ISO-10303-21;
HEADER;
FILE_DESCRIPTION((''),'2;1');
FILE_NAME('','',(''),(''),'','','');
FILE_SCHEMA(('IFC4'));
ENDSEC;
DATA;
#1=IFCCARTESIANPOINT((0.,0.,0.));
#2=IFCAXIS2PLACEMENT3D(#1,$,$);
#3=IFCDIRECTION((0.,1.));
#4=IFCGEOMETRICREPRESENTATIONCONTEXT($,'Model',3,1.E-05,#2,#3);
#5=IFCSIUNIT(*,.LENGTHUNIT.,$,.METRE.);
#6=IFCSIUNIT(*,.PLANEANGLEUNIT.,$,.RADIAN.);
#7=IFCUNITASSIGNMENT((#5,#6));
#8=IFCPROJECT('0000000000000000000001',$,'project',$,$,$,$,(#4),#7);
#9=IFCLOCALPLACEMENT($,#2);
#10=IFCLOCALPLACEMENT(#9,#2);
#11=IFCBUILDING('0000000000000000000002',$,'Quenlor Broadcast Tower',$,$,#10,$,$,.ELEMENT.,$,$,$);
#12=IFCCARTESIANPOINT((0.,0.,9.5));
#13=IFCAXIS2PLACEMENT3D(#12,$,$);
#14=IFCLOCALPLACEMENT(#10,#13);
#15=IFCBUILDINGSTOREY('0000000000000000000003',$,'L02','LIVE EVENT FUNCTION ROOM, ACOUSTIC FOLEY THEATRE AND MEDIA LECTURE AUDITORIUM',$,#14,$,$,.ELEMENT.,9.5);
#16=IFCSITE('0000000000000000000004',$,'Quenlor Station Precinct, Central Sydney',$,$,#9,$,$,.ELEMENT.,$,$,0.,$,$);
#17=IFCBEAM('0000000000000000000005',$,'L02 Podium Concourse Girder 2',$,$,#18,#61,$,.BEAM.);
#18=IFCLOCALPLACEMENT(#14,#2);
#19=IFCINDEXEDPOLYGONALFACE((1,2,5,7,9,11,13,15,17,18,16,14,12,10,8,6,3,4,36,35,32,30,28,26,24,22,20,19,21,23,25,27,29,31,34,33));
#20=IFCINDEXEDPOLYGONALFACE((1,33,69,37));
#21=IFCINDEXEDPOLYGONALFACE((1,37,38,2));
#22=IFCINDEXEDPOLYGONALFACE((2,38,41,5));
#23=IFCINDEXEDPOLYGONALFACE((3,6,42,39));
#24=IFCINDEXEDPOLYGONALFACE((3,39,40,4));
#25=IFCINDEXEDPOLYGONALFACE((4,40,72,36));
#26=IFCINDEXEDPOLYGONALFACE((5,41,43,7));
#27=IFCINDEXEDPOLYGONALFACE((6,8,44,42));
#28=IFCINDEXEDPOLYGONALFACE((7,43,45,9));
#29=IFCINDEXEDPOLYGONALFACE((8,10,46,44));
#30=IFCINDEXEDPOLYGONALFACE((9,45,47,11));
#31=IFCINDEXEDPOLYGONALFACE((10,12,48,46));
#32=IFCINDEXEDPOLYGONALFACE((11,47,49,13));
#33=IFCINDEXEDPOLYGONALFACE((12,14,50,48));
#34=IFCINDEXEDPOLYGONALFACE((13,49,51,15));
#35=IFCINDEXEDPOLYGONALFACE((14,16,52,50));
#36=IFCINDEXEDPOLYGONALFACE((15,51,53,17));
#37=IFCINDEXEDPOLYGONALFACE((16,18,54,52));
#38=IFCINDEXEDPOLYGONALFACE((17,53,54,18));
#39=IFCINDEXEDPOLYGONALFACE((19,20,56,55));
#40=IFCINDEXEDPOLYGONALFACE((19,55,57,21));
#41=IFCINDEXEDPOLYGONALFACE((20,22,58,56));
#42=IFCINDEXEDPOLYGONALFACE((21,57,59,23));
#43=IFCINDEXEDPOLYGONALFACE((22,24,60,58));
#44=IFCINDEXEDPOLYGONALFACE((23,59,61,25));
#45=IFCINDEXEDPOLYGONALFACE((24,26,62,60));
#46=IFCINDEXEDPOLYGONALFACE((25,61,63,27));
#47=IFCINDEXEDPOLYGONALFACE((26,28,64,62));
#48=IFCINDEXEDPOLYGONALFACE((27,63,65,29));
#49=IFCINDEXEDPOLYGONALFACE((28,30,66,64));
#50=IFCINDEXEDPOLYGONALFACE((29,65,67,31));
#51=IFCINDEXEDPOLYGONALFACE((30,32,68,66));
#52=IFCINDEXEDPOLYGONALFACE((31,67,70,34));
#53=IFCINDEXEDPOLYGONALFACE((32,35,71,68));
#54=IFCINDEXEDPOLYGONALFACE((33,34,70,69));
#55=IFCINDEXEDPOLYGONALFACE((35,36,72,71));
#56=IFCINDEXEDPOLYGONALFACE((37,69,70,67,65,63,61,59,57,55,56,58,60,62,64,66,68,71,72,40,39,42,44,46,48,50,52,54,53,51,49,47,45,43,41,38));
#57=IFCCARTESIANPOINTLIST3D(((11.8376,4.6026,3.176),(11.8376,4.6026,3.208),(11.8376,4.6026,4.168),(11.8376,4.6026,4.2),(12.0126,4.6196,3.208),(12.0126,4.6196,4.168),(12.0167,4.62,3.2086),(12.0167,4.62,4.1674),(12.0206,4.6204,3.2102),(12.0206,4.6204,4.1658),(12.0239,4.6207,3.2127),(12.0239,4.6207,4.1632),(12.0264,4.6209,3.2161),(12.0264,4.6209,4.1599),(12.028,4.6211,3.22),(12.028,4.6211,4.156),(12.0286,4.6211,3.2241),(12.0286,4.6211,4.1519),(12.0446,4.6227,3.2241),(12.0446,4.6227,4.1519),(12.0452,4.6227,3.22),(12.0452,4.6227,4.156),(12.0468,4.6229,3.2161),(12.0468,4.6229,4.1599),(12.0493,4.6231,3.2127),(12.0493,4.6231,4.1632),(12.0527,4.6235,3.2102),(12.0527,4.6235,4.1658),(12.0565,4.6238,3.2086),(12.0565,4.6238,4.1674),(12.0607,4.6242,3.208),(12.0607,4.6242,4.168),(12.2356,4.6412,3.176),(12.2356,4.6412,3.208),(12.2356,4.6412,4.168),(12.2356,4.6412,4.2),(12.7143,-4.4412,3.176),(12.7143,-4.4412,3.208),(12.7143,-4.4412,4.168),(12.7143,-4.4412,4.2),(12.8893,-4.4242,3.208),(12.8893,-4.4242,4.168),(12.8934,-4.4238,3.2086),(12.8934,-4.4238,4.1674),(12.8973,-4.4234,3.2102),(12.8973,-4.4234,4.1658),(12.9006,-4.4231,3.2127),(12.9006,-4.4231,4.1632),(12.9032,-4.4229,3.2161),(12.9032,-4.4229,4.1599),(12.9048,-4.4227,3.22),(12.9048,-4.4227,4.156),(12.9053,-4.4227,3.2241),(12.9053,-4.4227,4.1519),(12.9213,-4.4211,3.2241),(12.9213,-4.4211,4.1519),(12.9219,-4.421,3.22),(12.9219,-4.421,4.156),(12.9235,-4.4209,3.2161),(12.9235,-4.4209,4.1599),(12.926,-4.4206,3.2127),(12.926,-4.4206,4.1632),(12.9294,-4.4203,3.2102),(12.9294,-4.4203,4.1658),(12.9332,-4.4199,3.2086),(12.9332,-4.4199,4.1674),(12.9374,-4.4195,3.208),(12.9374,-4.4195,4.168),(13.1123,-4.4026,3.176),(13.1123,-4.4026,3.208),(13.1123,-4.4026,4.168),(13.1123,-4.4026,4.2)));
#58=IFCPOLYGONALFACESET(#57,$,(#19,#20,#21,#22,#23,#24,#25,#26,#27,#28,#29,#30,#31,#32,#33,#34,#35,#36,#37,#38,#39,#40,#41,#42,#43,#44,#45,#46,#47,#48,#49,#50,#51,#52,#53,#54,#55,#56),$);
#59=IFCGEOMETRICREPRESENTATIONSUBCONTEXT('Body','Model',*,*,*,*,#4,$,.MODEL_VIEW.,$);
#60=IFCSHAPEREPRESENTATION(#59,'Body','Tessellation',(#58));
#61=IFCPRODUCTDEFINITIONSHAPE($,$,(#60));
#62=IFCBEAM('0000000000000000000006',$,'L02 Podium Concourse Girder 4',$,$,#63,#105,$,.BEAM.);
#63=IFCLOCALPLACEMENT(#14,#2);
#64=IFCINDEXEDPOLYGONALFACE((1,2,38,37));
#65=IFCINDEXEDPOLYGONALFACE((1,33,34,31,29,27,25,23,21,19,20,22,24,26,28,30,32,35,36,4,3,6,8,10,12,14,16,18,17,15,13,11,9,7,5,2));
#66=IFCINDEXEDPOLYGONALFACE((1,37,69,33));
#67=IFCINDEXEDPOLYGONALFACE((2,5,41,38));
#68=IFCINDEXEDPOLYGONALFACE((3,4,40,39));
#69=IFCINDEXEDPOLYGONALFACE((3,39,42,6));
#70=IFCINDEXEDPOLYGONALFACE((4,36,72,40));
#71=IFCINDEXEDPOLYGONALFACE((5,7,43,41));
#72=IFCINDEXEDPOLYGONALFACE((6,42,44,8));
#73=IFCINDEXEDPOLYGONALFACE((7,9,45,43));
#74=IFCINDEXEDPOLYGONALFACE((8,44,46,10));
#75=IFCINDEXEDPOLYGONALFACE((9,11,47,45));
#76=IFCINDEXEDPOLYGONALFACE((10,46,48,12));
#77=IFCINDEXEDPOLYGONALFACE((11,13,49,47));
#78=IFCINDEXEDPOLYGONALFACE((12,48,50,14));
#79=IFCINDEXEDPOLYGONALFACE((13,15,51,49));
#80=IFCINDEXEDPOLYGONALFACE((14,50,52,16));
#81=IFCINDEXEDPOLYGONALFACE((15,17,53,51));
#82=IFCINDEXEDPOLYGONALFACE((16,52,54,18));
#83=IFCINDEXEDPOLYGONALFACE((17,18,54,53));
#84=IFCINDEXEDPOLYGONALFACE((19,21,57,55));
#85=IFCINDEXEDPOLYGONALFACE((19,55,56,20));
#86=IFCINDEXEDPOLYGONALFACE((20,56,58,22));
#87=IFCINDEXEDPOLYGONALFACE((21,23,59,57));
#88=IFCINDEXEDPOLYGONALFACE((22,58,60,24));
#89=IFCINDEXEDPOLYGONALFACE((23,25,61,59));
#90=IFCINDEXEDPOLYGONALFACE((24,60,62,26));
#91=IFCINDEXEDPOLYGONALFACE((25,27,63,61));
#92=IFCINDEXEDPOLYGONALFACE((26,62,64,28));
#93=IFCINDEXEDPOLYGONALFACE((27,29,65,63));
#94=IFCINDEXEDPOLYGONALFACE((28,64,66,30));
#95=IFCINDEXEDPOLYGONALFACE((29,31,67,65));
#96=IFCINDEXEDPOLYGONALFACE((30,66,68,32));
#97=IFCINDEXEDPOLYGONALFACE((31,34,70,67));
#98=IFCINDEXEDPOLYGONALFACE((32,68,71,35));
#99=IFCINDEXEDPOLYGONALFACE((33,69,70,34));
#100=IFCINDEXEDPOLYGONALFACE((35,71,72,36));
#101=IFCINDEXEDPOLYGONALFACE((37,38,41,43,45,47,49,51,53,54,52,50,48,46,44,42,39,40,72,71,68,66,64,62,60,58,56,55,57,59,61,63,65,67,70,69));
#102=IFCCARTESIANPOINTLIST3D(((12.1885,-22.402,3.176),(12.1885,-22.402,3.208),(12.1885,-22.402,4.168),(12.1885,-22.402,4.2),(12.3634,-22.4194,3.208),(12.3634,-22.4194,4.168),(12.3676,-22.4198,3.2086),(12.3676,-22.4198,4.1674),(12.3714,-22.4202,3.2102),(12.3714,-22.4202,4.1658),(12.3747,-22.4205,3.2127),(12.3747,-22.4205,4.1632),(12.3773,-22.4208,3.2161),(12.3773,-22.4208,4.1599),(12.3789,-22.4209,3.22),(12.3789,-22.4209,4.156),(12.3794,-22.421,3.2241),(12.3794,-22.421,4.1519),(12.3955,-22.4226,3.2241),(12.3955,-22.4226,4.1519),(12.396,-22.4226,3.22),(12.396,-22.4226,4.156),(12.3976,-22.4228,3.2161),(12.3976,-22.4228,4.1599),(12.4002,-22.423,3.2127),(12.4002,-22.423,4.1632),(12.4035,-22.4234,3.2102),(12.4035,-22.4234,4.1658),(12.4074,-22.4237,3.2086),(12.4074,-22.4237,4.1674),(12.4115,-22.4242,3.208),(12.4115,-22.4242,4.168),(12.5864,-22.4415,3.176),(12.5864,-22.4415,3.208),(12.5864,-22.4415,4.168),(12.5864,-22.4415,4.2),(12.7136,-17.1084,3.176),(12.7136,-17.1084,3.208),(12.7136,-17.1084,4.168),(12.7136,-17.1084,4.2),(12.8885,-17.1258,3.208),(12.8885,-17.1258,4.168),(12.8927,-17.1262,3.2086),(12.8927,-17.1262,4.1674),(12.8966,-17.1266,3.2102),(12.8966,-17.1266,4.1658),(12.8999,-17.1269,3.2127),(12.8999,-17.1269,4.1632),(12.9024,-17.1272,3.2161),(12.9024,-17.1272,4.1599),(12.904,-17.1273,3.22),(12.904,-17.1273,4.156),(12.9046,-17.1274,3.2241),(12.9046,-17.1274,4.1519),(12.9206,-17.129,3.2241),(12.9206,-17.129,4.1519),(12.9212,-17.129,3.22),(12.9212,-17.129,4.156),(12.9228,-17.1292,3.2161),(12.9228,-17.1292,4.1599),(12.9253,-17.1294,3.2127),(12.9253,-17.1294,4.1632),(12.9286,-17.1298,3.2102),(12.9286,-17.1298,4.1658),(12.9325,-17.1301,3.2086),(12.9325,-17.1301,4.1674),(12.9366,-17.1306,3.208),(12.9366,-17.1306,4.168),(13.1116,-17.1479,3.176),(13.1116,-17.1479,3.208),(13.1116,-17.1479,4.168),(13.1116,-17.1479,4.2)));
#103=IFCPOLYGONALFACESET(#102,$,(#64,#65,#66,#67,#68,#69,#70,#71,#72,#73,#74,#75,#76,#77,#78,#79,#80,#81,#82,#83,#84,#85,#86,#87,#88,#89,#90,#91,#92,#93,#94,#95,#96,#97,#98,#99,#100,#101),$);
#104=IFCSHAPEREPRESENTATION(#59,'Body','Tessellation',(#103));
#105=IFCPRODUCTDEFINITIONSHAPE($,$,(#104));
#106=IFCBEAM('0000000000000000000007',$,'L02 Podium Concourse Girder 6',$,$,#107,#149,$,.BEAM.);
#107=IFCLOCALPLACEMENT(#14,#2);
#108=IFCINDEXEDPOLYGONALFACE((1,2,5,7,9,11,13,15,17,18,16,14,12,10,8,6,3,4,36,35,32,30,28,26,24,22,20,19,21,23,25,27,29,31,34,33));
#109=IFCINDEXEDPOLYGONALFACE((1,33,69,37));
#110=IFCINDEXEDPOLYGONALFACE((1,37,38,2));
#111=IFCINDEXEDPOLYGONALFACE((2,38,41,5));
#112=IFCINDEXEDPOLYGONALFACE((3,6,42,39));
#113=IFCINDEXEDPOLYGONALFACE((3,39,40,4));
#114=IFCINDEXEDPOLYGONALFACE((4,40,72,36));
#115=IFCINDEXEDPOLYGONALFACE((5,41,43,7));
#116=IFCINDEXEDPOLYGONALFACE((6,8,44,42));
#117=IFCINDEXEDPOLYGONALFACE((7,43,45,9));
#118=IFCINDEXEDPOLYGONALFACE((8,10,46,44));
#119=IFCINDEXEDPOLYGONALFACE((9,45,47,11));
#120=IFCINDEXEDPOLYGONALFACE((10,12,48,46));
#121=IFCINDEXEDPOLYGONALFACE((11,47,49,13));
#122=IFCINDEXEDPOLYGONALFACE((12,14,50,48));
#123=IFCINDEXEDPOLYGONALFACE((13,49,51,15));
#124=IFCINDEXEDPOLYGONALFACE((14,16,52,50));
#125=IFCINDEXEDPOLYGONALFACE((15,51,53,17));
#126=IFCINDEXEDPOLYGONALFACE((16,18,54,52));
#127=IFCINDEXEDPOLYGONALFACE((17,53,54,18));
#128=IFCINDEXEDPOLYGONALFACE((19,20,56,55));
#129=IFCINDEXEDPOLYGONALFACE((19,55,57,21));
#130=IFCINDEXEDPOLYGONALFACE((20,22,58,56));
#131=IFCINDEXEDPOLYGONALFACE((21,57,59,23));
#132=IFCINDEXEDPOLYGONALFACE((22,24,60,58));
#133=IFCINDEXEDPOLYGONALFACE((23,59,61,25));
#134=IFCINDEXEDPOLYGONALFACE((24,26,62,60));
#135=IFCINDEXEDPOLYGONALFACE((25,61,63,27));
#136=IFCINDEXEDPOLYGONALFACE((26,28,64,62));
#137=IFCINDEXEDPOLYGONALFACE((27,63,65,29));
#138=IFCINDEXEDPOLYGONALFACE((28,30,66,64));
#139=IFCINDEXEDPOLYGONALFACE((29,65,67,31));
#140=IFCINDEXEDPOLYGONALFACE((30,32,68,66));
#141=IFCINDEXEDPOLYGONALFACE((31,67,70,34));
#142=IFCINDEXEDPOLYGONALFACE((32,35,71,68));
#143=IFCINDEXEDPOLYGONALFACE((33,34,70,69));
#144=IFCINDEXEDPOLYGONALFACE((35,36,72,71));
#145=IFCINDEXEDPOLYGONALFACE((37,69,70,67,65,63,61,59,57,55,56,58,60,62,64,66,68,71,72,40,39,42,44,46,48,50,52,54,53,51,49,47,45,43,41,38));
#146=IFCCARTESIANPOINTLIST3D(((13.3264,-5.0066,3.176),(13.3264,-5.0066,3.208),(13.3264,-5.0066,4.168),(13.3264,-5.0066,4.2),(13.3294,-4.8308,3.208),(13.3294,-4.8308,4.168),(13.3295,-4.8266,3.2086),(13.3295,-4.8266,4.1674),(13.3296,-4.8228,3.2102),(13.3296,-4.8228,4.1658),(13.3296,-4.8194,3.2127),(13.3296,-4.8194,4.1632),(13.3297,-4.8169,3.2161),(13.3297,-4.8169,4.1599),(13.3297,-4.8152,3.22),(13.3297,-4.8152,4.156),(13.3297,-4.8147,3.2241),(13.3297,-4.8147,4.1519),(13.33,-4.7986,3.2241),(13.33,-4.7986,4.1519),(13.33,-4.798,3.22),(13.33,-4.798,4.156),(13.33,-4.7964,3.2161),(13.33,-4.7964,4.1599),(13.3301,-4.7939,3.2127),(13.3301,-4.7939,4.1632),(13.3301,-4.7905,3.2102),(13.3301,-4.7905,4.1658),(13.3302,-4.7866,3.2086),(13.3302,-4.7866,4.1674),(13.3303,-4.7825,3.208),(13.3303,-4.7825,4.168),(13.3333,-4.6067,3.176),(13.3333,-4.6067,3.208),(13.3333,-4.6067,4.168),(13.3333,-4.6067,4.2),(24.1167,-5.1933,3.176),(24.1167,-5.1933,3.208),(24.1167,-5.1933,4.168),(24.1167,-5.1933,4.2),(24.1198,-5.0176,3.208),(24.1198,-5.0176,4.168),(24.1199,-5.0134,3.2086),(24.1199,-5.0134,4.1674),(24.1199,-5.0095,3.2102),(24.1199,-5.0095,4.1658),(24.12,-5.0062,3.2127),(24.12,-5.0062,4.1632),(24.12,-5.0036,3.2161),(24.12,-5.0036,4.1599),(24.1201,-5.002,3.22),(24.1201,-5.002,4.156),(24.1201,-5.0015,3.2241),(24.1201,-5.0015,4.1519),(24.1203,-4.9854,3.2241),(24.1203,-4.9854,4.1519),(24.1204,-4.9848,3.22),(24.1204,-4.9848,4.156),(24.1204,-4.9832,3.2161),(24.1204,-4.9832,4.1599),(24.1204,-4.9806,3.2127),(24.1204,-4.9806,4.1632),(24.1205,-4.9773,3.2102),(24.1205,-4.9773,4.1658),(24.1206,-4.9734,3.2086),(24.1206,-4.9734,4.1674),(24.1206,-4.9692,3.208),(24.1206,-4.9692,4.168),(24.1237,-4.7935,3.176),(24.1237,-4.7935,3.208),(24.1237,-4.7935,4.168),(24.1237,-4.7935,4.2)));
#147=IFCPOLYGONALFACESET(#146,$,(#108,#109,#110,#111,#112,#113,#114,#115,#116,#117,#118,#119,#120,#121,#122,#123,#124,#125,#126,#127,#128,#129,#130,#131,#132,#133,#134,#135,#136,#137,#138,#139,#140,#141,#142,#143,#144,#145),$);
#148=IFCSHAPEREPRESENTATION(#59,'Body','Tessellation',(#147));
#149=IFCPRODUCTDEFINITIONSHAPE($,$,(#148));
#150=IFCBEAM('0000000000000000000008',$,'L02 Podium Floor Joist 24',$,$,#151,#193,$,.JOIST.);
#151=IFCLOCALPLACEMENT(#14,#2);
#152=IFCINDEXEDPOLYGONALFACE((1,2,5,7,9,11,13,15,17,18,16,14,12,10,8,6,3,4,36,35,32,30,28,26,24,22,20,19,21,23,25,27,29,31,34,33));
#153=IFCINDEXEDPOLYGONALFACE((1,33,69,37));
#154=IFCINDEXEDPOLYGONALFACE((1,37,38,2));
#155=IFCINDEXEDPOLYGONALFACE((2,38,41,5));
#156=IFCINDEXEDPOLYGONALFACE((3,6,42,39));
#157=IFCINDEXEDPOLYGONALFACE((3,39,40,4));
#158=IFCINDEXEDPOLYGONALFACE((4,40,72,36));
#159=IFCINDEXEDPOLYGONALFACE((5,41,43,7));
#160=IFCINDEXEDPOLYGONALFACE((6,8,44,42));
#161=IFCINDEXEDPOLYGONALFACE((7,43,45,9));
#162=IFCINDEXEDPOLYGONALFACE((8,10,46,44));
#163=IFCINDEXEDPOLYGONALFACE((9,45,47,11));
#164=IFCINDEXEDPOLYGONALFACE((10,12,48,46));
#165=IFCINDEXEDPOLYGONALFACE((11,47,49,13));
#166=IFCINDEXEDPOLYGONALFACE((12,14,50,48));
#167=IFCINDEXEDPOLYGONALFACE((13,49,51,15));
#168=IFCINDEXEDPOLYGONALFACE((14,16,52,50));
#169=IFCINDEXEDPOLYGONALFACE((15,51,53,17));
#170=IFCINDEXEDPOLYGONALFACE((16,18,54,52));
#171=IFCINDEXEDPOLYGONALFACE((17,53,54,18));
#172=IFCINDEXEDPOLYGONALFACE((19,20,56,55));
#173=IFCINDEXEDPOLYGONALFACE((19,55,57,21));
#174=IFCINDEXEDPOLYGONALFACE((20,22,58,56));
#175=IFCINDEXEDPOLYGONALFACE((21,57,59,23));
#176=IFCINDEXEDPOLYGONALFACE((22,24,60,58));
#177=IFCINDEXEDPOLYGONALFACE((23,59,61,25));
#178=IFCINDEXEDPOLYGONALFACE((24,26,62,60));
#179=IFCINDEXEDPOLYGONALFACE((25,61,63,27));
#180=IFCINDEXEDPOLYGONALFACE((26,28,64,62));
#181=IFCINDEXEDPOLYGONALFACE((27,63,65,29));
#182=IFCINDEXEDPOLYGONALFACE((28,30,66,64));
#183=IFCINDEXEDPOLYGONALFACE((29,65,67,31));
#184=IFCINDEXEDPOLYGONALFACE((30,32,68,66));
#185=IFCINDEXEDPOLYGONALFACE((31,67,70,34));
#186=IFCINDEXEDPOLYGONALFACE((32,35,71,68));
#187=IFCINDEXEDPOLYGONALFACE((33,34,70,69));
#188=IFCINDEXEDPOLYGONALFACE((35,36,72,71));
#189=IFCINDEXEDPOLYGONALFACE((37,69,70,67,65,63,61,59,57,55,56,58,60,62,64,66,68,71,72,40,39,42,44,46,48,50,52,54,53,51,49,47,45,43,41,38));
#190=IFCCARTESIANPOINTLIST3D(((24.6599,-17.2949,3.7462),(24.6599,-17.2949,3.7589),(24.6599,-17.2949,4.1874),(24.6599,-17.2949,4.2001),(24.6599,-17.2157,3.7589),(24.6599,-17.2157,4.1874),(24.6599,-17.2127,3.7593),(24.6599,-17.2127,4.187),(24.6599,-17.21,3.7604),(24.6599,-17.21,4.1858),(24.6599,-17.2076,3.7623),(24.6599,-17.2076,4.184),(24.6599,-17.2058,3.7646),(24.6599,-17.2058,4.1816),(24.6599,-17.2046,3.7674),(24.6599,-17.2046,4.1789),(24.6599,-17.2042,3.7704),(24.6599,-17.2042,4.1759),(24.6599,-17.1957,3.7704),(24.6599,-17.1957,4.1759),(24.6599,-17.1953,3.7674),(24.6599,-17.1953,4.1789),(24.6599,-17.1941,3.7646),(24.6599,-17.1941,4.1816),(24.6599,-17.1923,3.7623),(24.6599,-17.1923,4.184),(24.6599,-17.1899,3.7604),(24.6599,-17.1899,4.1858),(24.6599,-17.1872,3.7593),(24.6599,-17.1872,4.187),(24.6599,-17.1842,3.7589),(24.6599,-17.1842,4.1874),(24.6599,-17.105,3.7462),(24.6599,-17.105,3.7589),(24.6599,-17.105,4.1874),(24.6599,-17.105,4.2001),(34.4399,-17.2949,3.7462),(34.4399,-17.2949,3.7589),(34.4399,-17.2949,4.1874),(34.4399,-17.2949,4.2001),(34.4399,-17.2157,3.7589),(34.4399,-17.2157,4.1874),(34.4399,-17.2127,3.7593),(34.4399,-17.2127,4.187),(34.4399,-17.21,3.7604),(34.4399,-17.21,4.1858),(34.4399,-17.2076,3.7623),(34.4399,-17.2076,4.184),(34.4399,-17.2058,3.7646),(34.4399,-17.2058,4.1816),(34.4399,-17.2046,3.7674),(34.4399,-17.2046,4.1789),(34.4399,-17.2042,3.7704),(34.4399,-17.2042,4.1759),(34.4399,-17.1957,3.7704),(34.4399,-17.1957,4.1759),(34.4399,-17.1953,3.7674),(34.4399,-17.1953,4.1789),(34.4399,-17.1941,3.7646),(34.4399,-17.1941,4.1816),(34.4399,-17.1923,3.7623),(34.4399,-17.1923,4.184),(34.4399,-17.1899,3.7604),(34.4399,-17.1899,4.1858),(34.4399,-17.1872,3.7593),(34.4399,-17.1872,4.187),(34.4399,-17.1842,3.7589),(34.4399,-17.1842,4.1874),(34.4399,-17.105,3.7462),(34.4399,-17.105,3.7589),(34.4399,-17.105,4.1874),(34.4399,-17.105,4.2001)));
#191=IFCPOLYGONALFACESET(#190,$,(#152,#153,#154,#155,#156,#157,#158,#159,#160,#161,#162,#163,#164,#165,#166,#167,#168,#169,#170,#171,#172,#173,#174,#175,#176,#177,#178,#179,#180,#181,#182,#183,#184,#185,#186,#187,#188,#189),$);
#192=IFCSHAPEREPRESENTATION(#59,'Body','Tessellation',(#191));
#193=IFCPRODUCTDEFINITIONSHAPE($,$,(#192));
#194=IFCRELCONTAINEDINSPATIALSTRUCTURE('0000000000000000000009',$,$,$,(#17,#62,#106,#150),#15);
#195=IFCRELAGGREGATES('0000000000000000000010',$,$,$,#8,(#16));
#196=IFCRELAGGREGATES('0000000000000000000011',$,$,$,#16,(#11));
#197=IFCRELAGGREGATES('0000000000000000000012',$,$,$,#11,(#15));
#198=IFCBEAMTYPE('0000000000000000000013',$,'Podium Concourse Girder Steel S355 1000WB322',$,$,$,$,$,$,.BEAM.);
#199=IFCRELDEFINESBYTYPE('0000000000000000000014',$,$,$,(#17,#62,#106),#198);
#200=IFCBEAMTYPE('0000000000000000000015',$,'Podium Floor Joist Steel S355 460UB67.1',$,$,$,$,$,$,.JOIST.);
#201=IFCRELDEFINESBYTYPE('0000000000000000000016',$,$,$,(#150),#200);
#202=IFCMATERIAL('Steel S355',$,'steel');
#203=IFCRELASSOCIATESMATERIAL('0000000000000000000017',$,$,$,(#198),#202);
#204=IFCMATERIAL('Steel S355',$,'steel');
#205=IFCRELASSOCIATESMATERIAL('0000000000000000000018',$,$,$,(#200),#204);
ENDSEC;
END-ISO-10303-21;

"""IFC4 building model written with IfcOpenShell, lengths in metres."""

from ifc_helpers import new_model, si_unit, direction, frame, origin, origin_2d, place, context, subcontext, project, spatial, i_section, extrude, material, material_profile, profile_set, type_object, element, save


model = new_model("IFC4")

# Units and contexts
model_context = context("Model", 3, precision=1e-05, world=origin(), true_north=direction((0.0, 1.0)))
body_context = subcontext(model_context, "Body", "Model", "MODEL_VIEW")
ifc_project = project(units=[si_unit("LENGTHUNIT", "METRE"), si_unit("PLANEANGLEUNIT", "RADIAN")], contexts=[model_context])

# Site, building, storey
site_placement = place(None, origin())
site = spatial("IfcSite", under=ifc_project, at=site_placement, Name="Quenlor Station Precinct, Central Sydney", CompositionType="ELEMENT", RefElevation=0.0)
building_placement = place(site_placement, origin())
building = spatial("IfcBuilding", under=site, at=building_placement, Name="Quenlor Broadcast Tower", CompositionType="ELEMENT")
storey_placement = place(building_placement, frame((0.0, 0.0, 9.5)))
storey = spatial("IfcBuildingStorey", under=building, at=storey_placement, Name="L02", Description="LIVE EVENT FUNCTION ROOM, ACOUSTIC FOLEY THEATRE AND MEDIA LECTURE AUDITORIUM", CompositionType="ELEMENT", Elevation=9.5)

# Beams
ifc_material_1 = material(Name="Steel S355", Category="steel")
ifc_material_profile_1 = material_profile(ifc_material_1, i_section(OverallWidth=0.3999, OverallDepth=1.0239, WebThickness=0.0161, FlangeThickness=0.032, FilletRadius=0.0161, at=origin_2d()))
ifc_profile_set_1 = profile_set([ifc_material_profile_1], Name="Steel S355 1000WB322")
beam_type_1 = type_object("IfcBeamType", Name="Podium Concourse Girder Steel S355 1000WB322", PredefinedType="BEAM", material=ifc_profile_set_1)
beam_1_placement = place(storey_placement, frame((12.9133, -4.4219, 3.688), z_axis=(-0.096489, 0.995334, 0.0), x_axis=(-0.995334, -0.096489, 0.0)))
element("IfcBeam", 1, at=beam_1_placement, inside=storey, type_object=beam_type_1, Name="L02 Podium Concourse Girder 2", PredefinedType="BEAM", context=body_context, shape_type="SweptSolid", body=[
    extrude(i_section(OverallWidth=0.3999, OverallDepth=1.0239, WebThickness=0.0161, FlangeThickness=0.032, FilletRadius=0.0161, at=origin_2d()), origin(), (0.0, 0.0, 1.0), 9.0862),
])
beam_2_placement = place(storey_placement, frame((12.9126, -17.1282, 3.688), z_axis=(-0.098718, -0.995115, 0.0), x_axis=(0.995115, -0.098718, 0.0)))
element("IfcBeam", 2, at=beam_2_placement, inside=storey, type_object=beam_type_1, Name="L02 Podium Concourse Girder 4", PredefinedType="BEAM", context=body_context, shape_type="SweptSolid", body=[
    extrude(i_section(OverallWidth=0.3999, OverallDepth=1.0239, WebThickness=0.0161, FlangeThickness=0.032, FilletRadius=0.0161, at=origin_2d()), origin(), (0.0, 0.0, 1.0), 5.3196),
])
beam_3_placement = place(storey_placement, frame((13.3298, -4.8066, 3.688), z_axis=(0.99985, -0.017306, 0.0), x_axis=(0.017306, 0.99985, 0.0)))
element("IfcBeam", 3, at=beam_3_placement, inside=storey, type_object=beam_type_1, Name="L02 Podium Concourse Girder 6", PredefinedType="BEAM", context=body_context, shape_type="SweptSolid", body=[
    extrude(i_section(OverallWidth=0.3999, OverallDepth=1.0239, WebThickness=0.0161, FlangeThickness=0.032, FilletRadius=0.0161, at=origin_2d()), origin(), (0.0, 0.0, 1.0), 10.792),
])
ifc_material_2 = material(Name="Steel S355", Category="steel")
ifc_material_profile_2 = material_profile(ifc_material_2, i_section(OverallWidth=0.1899, OverallDepth=0.4539, WebThickness=0.0085, FlangeThickness=0.0127, FilletRadius=0.0115, at=origin_2d()))
ifc_profile_set_2 = profile_set([ifc_material_profile_2], Name="Steel S355 460UB67.1")
beam_type_2 = type_object("IfcBeamType", Name="Podium Floor Joist Steel S355 460UB67.1", PredefinedType="JOIST", material=ifc_profile_set_2)
for number, where, z_axis, x_axis, name in (
    (4, (24.6599, -17.2, 3.9731), (1.0, 0.0, 0.0), (0.0, 1.0, 0.0), "L02 Podium Floor Joist 24"),
):
    element("IfcBeam", number, at=place(storey_placement, frame(where, z_axis=z_axis, x_axis=x_axis)), inside=storey, type_object=beam_type_2, Name=name, PredefinedType="JOIST", context=body_context, shape_type="SweptSolid", body=[
        extrude(i_section(OverallWidth=0.1899, OverallDepth=0.4539, WebThickness=0.0085, FlangeThickness=0.0127, FilletRadius=0.0115, at=origin_2d()), origin(), (0.0, 0.0, 1.0), 9.78),
    ])

save(model, "model.ifc")
